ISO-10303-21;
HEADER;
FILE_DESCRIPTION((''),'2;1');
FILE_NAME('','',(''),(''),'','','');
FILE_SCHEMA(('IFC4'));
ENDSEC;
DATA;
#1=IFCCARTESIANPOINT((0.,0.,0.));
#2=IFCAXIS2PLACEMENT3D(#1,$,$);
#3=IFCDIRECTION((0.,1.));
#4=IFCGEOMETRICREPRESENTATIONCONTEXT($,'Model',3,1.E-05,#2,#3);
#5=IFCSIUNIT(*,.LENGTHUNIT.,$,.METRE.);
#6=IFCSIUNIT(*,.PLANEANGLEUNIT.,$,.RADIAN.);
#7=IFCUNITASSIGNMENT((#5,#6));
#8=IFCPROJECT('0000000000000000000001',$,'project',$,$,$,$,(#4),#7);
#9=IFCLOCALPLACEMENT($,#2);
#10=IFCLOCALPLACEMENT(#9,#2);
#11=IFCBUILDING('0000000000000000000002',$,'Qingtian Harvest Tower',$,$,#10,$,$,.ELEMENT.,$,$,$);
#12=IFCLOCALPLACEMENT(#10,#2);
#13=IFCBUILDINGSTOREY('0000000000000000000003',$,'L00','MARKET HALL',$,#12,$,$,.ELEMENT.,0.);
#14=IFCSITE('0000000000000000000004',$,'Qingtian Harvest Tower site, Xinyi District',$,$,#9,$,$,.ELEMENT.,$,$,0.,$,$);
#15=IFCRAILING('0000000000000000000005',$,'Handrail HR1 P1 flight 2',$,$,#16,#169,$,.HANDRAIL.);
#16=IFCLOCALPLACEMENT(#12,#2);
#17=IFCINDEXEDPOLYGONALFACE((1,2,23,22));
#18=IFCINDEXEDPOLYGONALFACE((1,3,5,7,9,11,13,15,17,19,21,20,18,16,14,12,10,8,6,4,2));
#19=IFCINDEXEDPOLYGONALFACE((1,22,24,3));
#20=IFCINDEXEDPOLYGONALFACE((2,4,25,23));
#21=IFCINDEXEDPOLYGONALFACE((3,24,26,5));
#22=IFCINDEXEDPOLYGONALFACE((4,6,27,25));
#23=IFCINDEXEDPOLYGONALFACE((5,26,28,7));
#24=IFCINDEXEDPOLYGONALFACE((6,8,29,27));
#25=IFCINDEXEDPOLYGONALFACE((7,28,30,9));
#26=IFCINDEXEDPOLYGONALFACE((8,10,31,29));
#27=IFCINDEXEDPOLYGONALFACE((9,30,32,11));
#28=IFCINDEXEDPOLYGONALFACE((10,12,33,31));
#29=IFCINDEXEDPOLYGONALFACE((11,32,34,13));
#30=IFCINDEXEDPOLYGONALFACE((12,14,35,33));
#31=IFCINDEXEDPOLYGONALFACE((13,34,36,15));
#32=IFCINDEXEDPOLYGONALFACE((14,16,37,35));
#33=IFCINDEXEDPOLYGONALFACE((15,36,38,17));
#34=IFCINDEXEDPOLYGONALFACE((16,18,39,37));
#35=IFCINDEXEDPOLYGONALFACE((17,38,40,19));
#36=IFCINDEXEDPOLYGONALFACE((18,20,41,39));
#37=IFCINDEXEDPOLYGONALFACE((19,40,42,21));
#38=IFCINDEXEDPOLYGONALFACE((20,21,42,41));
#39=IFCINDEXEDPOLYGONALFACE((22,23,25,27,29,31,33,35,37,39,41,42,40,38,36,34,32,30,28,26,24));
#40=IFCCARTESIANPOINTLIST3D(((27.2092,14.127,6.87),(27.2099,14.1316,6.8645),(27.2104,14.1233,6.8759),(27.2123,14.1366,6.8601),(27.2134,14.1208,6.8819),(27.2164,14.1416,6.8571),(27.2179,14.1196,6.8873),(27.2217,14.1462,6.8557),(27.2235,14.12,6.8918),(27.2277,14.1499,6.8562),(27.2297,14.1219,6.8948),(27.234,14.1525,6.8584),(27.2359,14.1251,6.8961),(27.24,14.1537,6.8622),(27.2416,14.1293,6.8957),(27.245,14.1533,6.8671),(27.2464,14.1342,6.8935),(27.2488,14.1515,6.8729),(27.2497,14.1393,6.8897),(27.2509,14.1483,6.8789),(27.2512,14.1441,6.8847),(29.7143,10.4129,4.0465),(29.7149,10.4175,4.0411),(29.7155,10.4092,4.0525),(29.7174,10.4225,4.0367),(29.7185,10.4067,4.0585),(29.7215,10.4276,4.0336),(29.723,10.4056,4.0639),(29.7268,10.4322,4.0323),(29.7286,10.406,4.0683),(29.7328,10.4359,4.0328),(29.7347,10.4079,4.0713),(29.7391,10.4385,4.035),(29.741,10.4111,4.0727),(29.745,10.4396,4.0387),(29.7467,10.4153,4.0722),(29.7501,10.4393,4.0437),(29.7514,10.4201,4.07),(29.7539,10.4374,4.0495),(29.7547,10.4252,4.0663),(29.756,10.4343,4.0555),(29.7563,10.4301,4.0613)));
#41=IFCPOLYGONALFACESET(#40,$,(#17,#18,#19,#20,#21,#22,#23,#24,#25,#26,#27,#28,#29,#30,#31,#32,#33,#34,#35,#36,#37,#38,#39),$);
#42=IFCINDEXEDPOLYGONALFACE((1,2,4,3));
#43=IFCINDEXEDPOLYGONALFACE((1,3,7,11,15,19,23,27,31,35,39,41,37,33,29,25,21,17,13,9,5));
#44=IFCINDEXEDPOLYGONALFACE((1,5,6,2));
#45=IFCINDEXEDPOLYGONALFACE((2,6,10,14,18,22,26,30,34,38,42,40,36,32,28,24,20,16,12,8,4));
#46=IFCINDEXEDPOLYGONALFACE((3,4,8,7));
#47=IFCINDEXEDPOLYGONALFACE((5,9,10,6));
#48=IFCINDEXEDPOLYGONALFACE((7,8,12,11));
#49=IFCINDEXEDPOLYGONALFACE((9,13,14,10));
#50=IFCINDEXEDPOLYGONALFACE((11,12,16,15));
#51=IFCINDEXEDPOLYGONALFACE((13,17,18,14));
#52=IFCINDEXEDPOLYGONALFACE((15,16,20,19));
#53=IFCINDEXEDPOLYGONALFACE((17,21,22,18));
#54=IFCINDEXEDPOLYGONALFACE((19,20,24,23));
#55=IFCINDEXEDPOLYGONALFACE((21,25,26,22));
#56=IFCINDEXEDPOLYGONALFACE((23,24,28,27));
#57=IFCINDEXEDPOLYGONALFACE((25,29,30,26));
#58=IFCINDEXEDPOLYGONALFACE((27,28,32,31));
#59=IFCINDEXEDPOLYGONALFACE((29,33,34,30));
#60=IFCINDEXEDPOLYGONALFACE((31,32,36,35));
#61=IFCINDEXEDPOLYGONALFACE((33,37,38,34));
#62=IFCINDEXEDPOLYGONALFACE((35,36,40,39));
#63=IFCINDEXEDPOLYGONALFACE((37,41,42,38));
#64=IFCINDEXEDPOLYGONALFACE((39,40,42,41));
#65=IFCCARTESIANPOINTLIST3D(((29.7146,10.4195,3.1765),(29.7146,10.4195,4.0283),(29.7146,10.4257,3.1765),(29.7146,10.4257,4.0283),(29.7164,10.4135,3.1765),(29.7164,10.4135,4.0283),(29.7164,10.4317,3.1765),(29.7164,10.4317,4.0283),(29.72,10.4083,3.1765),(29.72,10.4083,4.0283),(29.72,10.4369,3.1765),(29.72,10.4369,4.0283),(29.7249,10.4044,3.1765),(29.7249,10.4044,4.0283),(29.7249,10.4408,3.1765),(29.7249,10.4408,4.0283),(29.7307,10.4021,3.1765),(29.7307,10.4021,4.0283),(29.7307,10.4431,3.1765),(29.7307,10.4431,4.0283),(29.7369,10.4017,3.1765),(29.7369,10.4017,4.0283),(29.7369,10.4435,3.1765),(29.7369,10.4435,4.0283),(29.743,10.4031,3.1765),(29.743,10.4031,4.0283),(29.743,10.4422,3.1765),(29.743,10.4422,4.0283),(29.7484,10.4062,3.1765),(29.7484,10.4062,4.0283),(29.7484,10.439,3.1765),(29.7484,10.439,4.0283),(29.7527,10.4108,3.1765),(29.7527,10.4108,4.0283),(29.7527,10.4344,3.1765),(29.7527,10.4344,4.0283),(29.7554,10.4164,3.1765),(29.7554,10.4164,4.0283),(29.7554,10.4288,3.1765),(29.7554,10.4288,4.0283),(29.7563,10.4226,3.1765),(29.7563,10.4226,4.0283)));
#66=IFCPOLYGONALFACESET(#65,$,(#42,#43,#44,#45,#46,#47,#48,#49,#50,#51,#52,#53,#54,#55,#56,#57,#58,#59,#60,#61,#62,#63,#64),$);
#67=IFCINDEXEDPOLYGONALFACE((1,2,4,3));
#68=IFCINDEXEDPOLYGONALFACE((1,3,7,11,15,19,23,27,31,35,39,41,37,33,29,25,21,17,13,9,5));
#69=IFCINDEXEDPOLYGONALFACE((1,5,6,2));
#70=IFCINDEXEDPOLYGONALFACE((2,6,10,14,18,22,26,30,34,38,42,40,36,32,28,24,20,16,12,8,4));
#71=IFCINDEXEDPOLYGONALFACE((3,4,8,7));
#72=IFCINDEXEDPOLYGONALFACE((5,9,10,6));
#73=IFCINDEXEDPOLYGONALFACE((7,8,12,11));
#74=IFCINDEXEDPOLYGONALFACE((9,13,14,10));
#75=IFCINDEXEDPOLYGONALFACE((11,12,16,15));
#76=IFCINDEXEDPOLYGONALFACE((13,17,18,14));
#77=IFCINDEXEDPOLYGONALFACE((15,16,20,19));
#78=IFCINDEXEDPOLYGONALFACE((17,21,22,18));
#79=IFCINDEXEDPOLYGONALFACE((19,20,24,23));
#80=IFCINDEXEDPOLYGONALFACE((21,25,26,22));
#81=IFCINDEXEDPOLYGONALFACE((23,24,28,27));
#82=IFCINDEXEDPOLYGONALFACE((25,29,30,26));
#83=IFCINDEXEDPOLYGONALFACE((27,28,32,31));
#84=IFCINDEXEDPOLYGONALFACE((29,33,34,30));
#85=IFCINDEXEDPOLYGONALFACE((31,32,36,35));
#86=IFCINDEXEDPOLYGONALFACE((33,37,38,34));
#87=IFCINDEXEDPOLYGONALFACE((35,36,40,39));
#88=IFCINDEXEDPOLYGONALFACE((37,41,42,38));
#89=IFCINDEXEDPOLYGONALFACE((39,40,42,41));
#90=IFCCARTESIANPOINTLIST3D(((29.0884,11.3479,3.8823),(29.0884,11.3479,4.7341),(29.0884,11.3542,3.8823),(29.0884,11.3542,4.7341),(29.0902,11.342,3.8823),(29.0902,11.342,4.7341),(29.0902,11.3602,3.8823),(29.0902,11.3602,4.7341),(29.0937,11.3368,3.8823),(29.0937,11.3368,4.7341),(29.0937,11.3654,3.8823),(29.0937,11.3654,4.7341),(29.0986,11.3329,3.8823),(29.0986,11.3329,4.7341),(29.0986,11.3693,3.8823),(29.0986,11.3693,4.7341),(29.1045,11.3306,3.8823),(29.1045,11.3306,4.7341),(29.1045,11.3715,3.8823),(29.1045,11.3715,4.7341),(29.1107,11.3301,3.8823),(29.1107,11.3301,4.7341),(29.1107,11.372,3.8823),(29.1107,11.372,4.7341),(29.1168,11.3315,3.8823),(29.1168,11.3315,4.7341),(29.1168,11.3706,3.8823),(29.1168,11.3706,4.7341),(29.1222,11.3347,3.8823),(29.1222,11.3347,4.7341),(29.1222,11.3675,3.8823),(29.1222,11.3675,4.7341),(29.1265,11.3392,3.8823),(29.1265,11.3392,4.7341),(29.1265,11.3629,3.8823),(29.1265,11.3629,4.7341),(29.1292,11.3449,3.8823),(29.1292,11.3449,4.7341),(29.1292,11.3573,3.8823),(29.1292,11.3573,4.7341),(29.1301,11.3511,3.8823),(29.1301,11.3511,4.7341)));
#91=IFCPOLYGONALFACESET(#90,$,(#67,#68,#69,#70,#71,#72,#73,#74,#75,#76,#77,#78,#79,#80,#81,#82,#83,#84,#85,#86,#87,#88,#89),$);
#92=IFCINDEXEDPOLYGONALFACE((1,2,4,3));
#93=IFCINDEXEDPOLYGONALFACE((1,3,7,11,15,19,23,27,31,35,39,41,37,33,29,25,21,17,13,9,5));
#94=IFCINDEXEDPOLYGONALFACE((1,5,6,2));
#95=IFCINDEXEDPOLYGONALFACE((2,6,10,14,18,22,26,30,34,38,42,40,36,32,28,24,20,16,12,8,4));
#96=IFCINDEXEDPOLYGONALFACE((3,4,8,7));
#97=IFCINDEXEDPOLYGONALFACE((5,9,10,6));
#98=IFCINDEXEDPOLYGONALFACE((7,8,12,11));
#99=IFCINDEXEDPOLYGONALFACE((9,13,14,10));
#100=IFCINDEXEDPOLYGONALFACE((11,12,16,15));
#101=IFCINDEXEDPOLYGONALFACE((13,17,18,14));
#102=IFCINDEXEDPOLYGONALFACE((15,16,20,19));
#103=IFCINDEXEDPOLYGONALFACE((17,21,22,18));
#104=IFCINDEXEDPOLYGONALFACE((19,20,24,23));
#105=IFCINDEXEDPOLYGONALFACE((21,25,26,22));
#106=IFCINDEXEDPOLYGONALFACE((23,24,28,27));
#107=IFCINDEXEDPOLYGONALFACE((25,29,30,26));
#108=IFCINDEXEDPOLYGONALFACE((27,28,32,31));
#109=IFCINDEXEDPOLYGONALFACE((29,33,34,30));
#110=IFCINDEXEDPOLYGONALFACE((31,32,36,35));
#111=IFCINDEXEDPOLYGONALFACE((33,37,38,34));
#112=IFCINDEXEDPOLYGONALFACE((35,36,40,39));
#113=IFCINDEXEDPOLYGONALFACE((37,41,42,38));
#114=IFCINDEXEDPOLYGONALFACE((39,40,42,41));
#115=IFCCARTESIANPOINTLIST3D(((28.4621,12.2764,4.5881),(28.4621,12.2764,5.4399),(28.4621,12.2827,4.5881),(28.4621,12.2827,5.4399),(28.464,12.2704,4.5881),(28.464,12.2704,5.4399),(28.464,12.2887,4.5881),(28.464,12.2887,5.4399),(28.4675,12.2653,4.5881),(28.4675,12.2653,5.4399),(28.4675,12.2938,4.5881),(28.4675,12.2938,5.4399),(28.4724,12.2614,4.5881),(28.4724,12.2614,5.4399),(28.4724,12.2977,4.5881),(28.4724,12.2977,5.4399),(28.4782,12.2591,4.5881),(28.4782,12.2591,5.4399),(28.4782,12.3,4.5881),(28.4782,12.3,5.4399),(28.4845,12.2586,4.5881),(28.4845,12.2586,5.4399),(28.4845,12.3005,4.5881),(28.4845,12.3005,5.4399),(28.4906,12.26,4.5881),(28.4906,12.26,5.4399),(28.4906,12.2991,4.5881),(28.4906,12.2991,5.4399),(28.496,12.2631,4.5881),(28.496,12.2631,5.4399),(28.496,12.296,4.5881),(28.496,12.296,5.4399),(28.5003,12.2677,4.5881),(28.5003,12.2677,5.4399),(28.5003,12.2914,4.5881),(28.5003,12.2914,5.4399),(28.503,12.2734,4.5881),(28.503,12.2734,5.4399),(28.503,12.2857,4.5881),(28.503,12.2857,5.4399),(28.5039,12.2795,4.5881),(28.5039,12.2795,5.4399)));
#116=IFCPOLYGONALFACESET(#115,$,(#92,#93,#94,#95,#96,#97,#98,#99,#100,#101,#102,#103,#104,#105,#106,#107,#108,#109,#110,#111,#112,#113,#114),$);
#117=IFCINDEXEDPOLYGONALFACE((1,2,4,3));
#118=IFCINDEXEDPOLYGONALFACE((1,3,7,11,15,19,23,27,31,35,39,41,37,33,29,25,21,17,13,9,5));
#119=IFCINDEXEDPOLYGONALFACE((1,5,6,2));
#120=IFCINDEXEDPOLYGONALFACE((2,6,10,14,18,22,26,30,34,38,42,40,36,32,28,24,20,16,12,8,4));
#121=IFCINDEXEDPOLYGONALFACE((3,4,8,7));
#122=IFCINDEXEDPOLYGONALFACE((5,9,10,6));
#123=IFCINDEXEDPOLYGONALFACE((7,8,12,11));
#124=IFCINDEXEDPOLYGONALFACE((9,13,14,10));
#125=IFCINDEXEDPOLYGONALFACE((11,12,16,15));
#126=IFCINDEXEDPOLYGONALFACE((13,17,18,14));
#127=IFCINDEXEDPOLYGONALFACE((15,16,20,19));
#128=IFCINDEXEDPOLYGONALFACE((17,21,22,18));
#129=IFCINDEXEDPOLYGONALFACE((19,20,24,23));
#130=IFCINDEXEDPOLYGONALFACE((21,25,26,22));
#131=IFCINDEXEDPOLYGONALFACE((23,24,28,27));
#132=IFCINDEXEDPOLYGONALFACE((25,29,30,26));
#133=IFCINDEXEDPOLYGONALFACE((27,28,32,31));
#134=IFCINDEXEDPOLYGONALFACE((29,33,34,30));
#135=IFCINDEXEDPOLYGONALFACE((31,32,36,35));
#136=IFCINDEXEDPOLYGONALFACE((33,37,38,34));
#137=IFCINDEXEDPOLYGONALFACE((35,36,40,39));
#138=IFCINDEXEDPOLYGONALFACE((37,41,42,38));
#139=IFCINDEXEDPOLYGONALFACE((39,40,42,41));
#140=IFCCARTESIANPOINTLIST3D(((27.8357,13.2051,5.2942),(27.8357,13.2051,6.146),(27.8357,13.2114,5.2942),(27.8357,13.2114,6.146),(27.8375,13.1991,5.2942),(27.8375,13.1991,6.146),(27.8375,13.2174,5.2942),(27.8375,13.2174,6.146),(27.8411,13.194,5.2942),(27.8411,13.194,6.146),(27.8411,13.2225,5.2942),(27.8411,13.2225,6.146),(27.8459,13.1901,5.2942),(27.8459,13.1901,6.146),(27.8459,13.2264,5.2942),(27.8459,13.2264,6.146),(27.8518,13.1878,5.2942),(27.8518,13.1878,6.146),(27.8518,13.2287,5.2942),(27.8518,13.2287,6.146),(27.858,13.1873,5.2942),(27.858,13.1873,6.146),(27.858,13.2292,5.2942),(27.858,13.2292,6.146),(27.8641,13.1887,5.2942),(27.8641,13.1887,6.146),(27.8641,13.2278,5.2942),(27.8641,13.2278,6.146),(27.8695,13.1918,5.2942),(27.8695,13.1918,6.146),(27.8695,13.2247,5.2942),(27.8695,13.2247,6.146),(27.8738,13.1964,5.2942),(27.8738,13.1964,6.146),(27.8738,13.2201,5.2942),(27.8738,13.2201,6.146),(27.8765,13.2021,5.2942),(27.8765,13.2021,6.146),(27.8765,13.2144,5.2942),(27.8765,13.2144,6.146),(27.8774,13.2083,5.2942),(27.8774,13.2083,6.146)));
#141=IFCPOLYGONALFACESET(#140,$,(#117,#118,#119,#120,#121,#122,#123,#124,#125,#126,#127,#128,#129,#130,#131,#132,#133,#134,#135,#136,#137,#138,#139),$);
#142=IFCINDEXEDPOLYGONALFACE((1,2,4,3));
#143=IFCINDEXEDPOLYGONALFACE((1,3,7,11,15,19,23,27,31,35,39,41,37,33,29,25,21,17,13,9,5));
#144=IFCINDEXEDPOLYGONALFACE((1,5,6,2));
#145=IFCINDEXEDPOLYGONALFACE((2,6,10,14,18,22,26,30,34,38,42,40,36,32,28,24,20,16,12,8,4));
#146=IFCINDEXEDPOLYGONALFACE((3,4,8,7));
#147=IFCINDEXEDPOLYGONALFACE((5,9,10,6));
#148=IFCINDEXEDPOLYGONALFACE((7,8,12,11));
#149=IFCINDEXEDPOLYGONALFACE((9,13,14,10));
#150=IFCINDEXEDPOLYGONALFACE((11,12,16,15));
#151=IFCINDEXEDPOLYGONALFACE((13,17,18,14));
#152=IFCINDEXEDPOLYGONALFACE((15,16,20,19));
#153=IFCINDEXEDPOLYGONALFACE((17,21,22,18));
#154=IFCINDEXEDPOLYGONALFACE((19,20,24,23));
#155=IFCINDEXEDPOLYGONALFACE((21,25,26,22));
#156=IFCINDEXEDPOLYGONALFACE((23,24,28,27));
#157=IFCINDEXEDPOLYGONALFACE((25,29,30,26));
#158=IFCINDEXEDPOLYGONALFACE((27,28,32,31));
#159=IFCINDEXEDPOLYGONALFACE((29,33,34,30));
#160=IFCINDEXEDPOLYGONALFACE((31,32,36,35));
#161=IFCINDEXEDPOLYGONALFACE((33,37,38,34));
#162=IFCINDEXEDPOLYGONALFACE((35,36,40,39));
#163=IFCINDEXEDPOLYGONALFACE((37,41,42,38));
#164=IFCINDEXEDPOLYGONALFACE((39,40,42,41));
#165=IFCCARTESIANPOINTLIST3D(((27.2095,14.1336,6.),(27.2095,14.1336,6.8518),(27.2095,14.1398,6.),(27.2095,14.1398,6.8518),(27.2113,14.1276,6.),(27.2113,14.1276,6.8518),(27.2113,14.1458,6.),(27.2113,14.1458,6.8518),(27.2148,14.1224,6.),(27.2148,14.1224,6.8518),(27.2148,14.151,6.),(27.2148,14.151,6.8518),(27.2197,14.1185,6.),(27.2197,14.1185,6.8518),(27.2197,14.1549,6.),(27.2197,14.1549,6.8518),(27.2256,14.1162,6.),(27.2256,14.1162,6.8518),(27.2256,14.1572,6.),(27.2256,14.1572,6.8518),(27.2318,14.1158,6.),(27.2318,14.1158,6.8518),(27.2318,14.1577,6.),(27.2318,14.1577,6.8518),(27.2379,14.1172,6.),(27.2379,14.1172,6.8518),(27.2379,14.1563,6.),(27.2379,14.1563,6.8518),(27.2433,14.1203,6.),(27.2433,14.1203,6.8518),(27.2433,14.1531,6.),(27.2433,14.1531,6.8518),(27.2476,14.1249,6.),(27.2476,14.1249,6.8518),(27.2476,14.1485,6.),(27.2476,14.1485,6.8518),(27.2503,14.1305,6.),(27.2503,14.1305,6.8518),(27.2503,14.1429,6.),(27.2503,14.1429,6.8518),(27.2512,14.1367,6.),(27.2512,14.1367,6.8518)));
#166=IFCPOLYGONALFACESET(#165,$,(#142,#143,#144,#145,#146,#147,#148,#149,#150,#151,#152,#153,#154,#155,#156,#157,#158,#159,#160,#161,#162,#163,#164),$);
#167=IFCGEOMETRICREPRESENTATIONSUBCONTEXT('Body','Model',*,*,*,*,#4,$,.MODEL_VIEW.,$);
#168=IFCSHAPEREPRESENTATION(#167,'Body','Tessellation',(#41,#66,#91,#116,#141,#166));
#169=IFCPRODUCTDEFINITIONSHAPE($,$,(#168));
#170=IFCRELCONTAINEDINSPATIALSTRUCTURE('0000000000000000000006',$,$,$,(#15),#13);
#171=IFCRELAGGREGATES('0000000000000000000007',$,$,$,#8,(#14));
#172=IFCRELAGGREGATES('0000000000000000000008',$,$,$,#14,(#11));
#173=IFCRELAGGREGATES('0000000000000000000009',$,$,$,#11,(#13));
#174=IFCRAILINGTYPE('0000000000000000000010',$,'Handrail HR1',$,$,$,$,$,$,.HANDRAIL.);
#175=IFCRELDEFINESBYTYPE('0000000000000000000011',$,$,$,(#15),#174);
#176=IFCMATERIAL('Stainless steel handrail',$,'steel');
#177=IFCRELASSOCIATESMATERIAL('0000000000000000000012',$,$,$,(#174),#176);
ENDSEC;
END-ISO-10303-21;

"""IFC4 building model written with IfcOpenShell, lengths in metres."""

from ifc_helpers import new_model, si_unit, direction, frame, origin, origin_2d, place, context, subcontext, project, spatial, circle, extrude, material, type_object, element, save


model = new_model("IFC4")

# Units and contexts
model_context = context("Model", 3, precision=1e-05, world=origin(), true_north=direction((0.0, 1.0)))
body_context = subcontext(model_context, "Body", "Model", "MODEL_VIEW")
ifc_project = project(units=[si_unit("LENGTHUNIT", "METRE"), si_unit("PLANEANGLEUNIT", "RADIAN")], contexts=[model_context])

# Site, building, storey
site_placement = place(None, origin())
site = spatial("IfcSite", under=ifc_project, at=site_placement, Name="Qingtian Harvest Tower site, Xinyi District", CompositionType="ELEMENT", RefElevation=0.0)
building_placement = place(site_placement, origin())
building = spatial("IfcBuilding", under=site, at=building_placement, Name="Qingtian Harvest Tower", CompositionType="ELEMENT")
storey_placement = place(building_placement, origin())
storey = spatial("IfcBuildingStorey", under=building, at=storey_placement, Name="L00", Description="MARKET HALL", CompositionType="ELEMENT", Elevation=0.0)

# Railing
ifc_material_1 = material(Name="Stainless steel handrail", Category="steel")
railing_type = type_object("IfcRailingType", Name="Handrail HR1", PredefinedType="HANDRAIL", material=ifc_material_1)
railing_1_placement = place(storey_placement, frame((29.7354, 10.4226, 3.1765)))
element("IfcRailing", 1, at=railing_1_placement, inside=storey, type_object=railing_type, Name="Handrail HR1 P1 flight 2", PredefinedType="HANDRAIL", context=body_context, shape_type="SweptSolid", body=[
    extrude(circle(Radius=0.0239, at=origin_2d()), frame((0.0, 0.0, 0.876), z_axis=(-0.473067, 0.701371, 0.533186), x_axis=(-0.829045, -0.559182, 0.0)), (0.0, 0.0, 1.0), 5.2954),
    extrude(circle(Radius=0.021, at=origin_2d()), origin(), (0.0, 0.0, 1.0), 0.8518),
    extrude(circle(Radius=0.021, at=origin_2d()), frame((-0.6262, 0.9285, 0.7058)), (0.0, 0.0, 1.0), 0.8518),
    extrude(circle(Radius=0.021, at=origin_2d()), frame((-1.2524, 1.8569, 1.4116)), (0.0, 0.0, 1.0), 0.8518),
    extrude(circle(Radius=0.021, at=origin_2d()), frame((-1.8789, 2.7856, 2.1177)), (0.0, 0.0, 1.0), 0.8518),
    extrude(circle(Radius=0.021, at=origin_2d()), frame((-2.5051, 3.7141, 2.8235)), (0.0, 0.0, 1.0), 0.8518),
])

save(model, "model.ifc")
